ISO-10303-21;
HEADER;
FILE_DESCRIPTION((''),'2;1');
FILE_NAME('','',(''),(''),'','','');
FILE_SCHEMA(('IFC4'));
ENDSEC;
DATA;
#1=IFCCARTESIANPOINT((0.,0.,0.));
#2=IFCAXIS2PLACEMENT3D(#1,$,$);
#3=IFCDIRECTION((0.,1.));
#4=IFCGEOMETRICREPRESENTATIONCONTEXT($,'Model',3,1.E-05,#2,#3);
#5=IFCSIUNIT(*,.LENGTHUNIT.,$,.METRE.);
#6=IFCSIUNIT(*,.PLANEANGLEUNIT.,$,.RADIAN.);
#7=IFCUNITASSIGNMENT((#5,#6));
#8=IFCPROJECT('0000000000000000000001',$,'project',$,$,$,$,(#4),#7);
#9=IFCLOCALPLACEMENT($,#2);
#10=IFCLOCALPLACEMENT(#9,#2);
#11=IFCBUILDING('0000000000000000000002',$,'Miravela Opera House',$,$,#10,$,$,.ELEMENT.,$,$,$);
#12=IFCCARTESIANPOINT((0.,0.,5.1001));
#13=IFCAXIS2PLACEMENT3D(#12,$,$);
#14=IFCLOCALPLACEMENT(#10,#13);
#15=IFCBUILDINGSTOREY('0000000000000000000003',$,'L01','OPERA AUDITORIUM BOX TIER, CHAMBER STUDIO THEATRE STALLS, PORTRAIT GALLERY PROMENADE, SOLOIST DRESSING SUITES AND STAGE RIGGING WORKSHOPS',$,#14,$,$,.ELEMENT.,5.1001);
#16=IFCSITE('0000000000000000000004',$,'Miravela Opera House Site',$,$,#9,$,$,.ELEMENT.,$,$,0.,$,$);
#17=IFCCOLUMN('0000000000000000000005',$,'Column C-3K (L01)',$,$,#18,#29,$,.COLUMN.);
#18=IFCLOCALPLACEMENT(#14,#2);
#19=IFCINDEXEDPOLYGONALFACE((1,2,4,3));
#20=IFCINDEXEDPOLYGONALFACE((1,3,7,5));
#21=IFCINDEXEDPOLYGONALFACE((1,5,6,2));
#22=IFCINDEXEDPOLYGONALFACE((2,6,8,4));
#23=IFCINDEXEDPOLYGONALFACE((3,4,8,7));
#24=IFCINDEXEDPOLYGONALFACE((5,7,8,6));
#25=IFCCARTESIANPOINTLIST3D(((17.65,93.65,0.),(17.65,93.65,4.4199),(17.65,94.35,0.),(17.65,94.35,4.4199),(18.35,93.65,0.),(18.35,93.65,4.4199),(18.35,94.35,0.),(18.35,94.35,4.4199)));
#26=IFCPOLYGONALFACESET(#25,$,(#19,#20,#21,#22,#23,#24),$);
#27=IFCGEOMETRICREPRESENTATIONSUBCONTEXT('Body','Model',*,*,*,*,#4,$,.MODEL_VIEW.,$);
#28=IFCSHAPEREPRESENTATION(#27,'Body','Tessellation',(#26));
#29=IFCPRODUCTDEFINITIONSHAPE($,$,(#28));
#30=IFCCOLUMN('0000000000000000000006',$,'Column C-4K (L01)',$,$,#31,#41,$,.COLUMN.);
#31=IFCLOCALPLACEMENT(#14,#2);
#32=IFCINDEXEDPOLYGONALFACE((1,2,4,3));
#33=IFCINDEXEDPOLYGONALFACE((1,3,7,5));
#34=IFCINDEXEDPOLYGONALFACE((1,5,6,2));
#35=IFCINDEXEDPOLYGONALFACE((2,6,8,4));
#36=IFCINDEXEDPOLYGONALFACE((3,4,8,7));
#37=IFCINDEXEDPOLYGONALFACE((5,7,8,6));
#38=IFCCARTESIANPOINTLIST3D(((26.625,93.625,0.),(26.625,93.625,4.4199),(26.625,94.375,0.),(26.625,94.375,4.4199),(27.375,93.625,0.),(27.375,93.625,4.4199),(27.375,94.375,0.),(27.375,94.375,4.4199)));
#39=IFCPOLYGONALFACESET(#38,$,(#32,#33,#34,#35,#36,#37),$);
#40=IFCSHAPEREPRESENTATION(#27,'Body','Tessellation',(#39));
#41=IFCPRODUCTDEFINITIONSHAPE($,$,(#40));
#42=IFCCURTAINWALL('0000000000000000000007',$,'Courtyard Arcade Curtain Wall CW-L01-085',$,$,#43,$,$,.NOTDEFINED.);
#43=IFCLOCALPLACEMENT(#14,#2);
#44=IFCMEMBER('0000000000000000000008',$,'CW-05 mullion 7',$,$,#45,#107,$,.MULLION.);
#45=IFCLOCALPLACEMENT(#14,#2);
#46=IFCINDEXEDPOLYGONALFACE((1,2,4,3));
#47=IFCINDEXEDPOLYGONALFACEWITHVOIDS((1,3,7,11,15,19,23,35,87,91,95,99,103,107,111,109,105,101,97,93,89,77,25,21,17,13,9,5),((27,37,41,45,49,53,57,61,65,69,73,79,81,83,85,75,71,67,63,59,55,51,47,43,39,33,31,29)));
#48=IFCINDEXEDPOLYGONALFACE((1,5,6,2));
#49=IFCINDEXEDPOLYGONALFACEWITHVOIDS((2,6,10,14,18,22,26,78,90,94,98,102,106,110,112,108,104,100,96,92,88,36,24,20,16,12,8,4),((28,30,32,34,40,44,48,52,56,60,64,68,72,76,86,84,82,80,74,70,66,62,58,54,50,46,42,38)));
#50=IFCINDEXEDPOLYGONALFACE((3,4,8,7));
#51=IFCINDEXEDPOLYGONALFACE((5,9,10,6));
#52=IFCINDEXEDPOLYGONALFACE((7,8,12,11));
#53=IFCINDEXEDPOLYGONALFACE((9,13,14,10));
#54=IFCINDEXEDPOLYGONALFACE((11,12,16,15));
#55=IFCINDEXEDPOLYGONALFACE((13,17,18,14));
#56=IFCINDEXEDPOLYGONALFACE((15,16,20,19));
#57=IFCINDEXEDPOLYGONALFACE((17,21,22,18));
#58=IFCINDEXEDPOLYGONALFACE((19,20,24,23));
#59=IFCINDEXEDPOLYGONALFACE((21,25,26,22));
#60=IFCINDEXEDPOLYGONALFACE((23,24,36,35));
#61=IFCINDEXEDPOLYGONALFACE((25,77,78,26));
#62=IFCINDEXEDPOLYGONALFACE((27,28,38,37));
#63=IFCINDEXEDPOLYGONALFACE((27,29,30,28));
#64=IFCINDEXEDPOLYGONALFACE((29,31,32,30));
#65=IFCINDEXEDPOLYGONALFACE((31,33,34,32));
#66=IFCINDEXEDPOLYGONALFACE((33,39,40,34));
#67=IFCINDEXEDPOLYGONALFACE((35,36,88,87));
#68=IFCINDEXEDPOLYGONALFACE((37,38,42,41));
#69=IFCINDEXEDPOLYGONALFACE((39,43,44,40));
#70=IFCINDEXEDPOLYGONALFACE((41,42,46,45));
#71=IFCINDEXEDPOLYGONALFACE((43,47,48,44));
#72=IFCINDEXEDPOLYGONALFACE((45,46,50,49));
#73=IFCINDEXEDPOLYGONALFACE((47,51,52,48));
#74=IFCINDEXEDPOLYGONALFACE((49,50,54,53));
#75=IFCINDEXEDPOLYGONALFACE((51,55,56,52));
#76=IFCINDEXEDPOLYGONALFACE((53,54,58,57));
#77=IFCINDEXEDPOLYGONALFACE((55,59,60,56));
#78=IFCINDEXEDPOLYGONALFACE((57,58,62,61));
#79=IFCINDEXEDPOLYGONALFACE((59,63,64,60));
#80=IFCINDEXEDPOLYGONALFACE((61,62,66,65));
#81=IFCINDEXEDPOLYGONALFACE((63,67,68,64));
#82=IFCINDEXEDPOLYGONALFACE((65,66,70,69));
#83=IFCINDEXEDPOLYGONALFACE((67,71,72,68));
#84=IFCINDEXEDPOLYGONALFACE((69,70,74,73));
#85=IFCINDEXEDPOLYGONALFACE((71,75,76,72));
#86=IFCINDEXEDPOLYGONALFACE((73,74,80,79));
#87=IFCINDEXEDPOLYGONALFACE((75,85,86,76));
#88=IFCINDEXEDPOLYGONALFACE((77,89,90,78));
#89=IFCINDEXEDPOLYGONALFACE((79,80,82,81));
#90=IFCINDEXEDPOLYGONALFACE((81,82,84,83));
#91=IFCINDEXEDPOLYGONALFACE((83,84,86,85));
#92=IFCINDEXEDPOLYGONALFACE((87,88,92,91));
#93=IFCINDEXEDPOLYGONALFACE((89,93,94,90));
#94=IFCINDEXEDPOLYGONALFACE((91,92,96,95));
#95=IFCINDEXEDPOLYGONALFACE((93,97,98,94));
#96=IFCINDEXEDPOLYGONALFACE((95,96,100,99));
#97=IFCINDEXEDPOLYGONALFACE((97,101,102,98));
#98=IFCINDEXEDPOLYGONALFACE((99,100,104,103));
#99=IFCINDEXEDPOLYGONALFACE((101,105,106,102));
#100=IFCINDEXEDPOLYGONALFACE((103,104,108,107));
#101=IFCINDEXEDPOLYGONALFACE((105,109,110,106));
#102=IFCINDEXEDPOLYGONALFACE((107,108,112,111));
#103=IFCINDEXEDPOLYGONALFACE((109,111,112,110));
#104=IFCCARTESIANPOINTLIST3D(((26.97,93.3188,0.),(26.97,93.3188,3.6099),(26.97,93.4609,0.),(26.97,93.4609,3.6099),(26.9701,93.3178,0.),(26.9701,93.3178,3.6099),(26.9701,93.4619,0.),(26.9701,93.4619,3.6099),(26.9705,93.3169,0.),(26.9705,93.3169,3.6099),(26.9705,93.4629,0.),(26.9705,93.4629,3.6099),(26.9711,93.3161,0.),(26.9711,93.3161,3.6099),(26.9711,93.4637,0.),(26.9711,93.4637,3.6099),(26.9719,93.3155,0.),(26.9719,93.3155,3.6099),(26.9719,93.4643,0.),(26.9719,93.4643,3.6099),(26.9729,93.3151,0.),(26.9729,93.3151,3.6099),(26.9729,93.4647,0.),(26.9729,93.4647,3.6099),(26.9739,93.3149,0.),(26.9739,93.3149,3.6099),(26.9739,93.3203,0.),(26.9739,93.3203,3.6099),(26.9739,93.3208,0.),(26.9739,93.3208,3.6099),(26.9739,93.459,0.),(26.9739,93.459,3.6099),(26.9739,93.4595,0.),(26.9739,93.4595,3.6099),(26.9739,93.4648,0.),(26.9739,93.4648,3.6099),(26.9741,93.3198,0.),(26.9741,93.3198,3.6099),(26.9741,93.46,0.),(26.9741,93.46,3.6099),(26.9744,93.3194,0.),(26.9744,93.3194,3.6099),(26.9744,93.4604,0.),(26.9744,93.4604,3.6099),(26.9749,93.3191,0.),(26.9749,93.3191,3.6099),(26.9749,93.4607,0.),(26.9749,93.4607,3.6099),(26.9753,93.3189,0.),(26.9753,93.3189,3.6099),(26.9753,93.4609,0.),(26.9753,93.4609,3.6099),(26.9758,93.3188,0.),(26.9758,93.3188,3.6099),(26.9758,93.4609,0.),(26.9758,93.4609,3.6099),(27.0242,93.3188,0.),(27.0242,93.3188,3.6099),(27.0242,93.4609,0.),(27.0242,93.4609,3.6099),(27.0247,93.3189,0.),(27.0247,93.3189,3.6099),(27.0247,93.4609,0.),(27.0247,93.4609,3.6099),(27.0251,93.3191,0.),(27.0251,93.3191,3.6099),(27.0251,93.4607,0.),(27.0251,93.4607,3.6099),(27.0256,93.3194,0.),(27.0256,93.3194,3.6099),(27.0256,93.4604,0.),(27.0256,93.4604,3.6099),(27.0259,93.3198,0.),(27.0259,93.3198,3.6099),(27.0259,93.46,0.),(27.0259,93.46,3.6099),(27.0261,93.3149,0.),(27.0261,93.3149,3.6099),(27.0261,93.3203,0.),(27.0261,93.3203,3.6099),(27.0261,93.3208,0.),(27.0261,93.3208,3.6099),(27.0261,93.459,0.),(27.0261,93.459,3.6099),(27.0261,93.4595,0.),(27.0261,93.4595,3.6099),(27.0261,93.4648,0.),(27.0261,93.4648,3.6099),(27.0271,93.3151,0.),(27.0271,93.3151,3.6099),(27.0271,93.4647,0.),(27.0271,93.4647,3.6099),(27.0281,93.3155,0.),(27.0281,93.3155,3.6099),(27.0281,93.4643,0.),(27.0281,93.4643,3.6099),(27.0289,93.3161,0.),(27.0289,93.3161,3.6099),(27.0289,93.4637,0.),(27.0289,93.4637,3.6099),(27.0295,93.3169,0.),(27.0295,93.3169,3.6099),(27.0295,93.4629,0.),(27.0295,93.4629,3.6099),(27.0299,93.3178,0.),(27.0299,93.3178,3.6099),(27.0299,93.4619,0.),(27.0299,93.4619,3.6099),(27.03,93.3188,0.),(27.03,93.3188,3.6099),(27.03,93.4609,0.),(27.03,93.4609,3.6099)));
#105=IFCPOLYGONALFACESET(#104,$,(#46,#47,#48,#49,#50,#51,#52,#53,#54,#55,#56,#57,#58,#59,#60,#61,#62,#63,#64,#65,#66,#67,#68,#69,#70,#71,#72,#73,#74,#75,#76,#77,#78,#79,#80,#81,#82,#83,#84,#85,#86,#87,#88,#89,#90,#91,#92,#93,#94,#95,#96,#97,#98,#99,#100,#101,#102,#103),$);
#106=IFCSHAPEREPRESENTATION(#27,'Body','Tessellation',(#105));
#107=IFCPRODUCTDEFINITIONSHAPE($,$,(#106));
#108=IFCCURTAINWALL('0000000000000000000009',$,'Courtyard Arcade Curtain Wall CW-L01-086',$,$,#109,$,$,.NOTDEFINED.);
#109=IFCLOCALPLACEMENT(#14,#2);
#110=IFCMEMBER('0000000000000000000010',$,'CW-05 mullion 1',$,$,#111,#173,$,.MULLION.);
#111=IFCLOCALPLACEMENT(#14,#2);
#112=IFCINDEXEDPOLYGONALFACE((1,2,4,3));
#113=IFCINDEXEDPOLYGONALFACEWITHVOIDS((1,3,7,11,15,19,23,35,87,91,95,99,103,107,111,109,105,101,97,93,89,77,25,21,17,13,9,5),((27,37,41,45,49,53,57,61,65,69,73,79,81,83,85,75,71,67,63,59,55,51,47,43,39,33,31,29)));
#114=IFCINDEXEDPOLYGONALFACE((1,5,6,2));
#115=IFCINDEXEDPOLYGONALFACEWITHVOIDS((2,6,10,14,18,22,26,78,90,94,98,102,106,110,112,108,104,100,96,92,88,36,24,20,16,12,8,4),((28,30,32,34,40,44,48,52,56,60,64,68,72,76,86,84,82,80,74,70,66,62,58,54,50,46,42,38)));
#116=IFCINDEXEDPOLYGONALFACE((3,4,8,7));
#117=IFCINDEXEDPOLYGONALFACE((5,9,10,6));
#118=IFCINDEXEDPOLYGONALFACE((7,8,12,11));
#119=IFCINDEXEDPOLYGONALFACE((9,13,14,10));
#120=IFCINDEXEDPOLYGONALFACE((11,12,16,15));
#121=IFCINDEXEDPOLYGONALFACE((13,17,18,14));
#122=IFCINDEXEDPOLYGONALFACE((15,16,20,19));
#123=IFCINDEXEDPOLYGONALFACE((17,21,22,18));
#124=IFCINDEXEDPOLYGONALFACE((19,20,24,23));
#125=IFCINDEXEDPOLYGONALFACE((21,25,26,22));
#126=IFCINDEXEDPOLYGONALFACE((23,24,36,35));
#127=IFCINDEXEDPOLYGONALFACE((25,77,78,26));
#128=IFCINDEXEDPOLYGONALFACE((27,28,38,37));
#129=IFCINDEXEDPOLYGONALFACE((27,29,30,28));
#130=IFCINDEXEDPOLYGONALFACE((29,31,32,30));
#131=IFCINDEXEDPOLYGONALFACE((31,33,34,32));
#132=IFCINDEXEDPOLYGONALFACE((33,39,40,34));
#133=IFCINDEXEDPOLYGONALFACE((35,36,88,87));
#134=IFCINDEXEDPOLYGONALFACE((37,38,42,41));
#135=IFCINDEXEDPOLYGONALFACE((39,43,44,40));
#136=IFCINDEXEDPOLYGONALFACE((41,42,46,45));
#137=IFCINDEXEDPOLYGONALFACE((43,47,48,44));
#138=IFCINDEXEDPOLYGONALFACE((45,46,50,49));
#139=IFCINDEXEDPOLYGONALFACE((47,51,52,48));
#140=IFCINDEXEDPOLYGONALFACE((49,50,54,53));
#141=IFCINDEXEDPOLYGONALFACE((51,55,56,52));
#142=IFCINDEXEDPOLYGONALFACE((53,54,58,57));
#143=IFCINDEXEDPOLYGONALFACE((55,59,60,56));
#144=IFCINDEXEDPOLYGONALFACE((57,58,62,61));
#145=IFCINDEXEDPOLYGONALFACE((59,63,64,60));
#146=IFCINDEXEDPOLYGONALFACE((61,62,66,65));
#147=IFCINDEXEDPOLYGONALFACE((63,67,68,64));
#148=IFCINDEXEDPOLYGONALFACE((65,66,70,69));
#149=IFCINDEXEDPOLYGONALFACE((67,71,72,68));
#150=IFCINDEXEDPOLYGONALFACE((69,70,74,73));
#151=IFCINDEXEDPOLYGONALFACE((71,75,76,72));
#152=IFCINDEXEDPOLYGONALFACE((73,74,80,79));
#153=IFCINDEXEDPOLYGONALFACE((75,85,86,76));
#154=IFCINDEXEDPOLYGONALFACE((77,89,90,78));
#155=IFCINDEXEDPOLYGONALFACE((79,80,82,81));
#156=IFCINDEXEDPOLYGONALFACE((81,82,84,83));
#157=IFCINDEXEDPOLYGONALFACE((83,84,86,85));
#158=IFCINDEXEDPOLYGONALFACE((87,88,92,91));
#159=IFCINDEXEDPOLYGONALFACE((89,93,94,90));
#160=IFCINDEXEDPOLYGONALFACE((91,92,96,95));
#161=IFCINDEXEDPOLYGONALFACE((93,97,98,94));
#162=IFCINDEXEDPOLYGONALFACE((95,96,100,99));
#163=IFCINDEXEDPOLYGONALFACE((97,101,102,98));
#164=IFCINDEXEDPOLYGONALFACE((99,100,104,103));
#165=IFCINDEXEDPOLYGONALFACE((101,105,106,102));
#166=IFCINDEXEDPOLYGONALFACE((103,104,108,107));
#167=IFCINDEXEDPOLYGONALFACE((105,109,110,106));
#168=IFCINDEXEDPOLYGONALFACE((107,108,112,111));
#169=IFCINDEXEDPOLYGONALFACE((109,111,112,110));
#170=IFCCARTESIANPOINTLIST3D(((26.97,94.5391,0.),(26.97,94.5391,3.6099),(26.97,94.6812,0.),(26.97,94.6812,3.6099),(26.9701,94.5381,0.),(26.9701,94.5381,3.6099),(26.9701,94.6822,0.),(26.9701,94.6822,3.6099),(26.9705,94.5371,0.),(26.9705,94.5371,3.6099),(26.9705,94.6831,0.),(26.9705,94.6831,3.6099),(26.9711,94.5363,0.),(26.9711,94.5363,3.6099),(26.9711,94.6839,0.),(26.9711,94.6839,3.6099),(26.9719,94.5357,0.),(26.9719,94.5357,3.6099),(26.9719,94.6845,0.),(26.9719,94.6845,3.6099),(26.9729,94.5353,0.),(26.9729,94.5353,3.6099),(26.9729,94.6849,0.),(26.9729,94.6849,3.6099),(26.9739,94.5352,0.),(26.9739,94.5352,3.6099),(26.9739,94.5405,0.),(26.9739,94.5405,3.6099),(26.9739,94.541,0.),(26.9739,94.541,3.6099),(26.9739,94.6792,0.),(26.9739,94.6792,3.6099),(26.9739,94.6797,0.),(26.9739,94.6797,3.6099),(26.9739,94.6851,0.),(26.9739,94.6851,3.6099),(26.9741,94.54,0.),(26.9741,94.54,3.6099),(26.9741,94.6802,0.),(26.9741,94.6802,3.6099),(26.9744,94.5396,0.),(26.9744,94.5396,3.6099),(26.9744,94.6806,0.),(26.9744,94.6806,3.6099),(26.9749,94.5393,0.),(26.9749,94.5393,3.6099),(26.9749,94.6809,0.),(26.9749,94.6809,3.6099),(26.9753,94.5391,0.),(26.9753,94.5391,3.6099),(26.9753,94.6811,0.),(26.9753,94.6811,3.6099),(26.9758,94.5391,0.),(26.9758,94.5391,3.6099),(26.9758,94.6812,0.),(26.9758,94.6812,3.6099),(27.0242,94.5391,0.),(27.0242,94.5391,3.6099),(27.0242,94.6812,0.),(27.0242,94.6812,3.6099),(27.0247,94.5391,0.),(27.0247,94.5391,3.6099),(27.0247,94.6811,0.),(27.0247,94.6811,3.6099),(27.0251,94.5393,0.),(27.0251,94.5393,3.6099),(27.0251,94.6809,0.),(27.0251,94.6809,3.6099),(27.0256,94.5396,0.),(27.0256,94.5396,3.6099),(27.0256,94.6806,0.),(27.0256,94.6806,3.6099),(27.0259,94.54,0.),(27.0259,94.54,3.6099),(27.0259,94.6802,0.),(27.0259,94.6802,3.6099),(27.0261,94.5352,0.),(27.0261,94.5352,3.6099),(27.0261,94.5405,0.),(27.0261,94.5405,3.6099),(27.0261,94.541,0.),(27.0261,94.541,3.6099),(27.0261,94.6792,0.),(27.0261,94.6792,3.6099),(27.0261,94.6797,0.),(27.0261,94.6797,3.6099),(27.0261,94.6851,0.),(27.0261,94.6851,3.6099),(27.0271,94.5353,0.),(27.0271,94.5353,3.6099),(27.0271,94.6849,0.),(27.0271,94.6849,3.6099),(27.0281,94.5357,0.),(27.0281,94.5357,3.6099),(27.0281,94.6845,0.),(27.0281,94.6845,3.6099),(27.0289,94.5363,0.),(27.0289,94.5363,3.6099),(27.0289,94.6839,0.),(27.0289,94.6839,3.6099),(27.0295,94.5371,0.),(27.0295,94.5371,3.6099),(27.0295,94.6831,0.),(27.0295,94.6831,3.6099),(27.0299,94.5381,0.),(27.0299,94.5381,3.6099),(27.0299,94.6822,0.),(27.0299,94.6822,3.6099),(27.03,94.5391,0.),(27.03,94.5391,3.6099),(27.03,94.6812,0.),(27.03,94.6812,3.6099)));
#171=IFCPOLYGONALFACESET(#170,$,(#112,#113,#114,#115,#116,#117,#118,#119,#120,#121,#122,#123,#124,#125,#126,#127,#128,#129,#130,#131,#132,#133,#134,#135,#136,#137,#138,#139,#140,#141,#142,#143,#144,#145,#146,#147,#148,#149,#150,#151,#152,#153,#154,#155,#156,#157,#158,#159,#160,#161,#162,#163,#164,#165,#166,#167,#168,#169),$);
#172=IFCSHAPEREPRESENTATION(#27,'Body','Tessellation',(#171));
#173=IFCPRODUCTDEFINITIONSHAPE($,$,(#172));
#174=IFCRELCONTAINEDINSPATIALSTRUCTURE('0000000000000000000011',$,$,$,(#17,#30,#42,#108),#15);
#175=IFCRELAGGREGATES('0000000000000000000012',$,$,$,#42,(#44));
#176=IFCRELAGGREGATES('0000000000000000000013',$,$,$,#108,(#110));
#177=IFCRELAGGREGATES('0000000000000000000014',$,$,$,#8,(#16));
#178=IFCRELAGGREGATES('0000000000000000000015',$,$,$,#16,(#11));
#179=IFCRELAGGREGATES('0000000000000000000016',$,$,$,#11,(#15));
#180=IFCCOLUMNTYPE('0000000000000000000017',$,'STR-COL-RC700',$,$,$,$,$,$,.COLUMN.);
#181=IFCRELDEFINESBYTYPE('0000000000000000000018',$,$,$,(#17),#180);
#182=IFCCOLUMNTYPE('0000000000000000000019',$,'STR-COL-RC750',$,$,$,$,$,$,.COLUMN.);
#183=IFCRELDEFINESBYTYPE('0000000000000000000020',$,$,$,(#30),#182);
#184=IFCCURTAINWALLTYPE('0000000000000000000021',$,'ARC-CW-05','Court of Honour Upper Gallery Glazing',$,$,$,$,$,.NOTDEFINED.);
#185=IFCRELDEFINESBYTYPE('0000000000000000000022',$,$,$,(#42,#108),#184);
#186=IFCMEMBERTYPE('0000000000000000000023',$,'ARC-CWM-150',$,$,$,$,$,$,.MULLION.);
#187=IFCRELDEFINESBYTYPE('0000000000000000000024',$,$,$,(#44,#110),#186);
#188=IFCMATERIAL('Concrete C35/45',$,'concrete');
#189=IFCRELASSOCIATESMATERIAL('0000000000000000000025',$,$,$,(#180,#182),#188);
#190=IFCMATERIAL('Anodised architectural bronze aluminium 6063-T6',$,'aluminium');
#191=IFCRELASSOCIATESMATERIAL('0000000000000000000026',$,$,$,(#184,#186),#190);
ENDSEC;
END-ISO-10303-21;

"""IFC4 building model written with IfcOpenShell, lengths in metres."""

from ifc_helpers import new_model, si_unit, direction, frame, origin, origin_2d, place, context, subcontext, project, spatial, rectangle, hollow_rectangle, extrude, material, material_profile, profile_set, type_object, element, aggregate, save


model = new_model("IFC4")

# Units and contexts
model_context = context("Model", 3, precision=1e-05, world=origin(), true_north=direction((0.0, 1.0)))
body_context = subcontext(model_context, "Body", "Model", "MODEL_VIEW")
ifc_project = project(units=[si_unit("LENGTHUNIT", "METRE"), si_unit("PLANEANGLEUNIT", "RADIAN")], contexts=[model_context])

# Site, building, storey
site_placement = place(None, origin())
site = spatial("IfcSite", under=ifc_project, at=site_placement, Name="Miravela Opera House Site", CompositionType="ELEMENT", RefElevation=0.0)
building_placement = place(site_placement, origin())
building = spatial("IfcBuilding", under=site, at=building_placement, Name="Miravela Opera House", CompositionType="ELEMENT")
storey_placement = place(building_placement, frame((0.0, 0.0, 5.1001)))
storey = spatial("IfcBuildingStorey", under=building, at=storey_placement, Name="L01", Description="OPERA AUDITORIUM BOX TIER, CHAMBER STUDIO THEATRE STALLS, PORTRAIT GALLERY PROMENADE, SOLOIST DRESSING SUITES AND STAGE RIGGING WORKSHOPS", CompositionType="ELEMENT", Elevation=5.1001)

# Columns
ifc_material_1 = material(Name="Concrete C35/45", Category="concrete")
ifc_material_profile_1 = material_profile(ifc_material_1, rectangle(XDim=0.7, YDim=0.7, at=origin_2d()), Name="RC-COL-700X700")
ifc_profile_set_1 = profile_set([ifc_material_profile_1])
column_type_1 = type_object("IfcColumnType", Name="STR-COL-RC700", PredefinedType="COLUMN", material=ifc_profile_set_1)
column_1_placement = place(storey_placement, frame((18.0, 94.0, 0.0), z_axis=(0.0, 0.0, 1.0), x_axis=(1.0, 0.0, 0.0)))
element("IfcColumn", 1, at=column_1_placement, inside=storey, type_object=column_type_1, Name="Column C-3K (L01)", PredefinedType="COLUMN", context=body_context, shape_type="SweptSolid", body=[
    extrude(rectangle(XDim=0.7, YDim=0.7, at=origin_2d()), origin(), (0.0, 0.0, 1.0), 4.4199),
])
ifc_material_profile_2 = material_profile(ifc_material_1, rectangle(XDim=0.75, YDim=0.75, at=origin_2d()), Name="RC-COL-750X750")
ifc_profile_set_2 = profile_set([ifc_material_profile_2])
column_type_2 = type_object("IfcColumnType", Name="STR-COL-RC750", PredefinedType="COLUMN", material=ifc_profile_set_2)
column_2_placement = place(storey_placement, frame((27.0, 94.0, 0.0), z_axis=(0.0, 0.0, 1.0), x_axis=(1.0, 0.0, 0.0)))
element("IfcColumn", 2, at=column_2_placement, inside=storey, type_object=column_type_2, Name="Column C-4K (L01)", PredefinedType="COLUMN", context=body_context, shape_type="SweptSolid", body=[
    extrude(rectangle(XDim=0.75, YDim=0.75, at=origin_2d()), origin(), (0.0, 0.0, 1.0), 4.4199),
])

# Curtain wall, member
ifc_material_2 = material(Name="Anodised architectural bronze aluminium 6063-T6", Category="aluminium")
curtain_wall_type = type_object("IfcCurtainWallType", Name="ARC-CW-05", Description="Court of Honour Upper Gallery Glazing", PredefinedType="NOTDEFINED", material=ifc_material_2)
curtain_wall_1_placement = place(storey_placement, origin())
curtain_wall_1 = element("IfcCurtainWall", 3, at=curtain_wall_1_placement, inside=storey, type_object=curtain_wall_type, Name="Courtyard Arcade Curtain Wall CW-L01-085", PredefinedType="NOTDEFINED")
ifc_material_profile_3 = material_profile(ifc_material_2, hollow_rectangle(XDim=0.0601, YDim=0.1499, WallThickness=0.0039, InnerFilletRadius=0.002, OuterFilletRadius=0.0039, at=origin_2d()), Name="CWM-60X150")
ifc_profile_set_3 = profile_set([ifc_material_profile_3])
member_type_1 = type_object("IfcMemberType", Name="ARC-CWM-150", PredefinedType="MULLION", material=ifc_profile_set_3)
member_1_placement = place(storey_placement, frame((27.0, 93.3899, 0.0), z_axis=(0.0, 0.0, 1.0), x_axis=(-1.0, 0.0, 0.0)))
member_1 = element("IfcMember", 4, at=member_1_placement, type_object=member_type_1, Name="CW-05 mullion 7", PredefinedType="MULLION", context=body_context, shape_type="SweptSolid", body=[
    extrude(hollow_rectangle(XDim=0.0601, YDim=0.1499, WallThickness=0.0039, InnerFilletRadius=0.002, OuterFilletRadius=0.0039, at=origin_2d()), origin(), (0.0, 0.0, 1.0), 3.6099),
])

# Curtain wall, member
curtain_wall_2_placement = place(storey_placement, origin())
curtain_wall_2 = element("IfcCurtainWall", 5, at=curtain_wall_2_placement, inside=storey, type_object=curtain_wall_type, Name="Courtyard Arcade Curtain Wall CW-L01-086", PredefinedType="NOTDEFINED")
member_2_placement = place(storey_placement, frame((27.0, 94.6101, 0.0), z_axis=(0.0, 0.0, 1.0), x_axis=(-1.0, 0.0, 0.0)))
member_2 = element("IfcMember", 6, at=member_2_placement, type_object=member_type_1, Name="CW-05 mullion 1", PredefinedType="MULLION", context=body_context, shape_type="SweptSolid", body=[
    extrude(hollow_rectangle(XDim=0.0601, YDim=0.1499, WallThickness=0.0039, InnerFilletRadius=0.002, OuterFilletRadius=0.0039, at=origin_2d()), origin(), (0.0, 0.0, 1.0), 3.6099),
])

aggregate(curtain_wall_1, [member_1])
aggregate(curtain_wall_2, [member_2])

save(model, "model.ifc")
